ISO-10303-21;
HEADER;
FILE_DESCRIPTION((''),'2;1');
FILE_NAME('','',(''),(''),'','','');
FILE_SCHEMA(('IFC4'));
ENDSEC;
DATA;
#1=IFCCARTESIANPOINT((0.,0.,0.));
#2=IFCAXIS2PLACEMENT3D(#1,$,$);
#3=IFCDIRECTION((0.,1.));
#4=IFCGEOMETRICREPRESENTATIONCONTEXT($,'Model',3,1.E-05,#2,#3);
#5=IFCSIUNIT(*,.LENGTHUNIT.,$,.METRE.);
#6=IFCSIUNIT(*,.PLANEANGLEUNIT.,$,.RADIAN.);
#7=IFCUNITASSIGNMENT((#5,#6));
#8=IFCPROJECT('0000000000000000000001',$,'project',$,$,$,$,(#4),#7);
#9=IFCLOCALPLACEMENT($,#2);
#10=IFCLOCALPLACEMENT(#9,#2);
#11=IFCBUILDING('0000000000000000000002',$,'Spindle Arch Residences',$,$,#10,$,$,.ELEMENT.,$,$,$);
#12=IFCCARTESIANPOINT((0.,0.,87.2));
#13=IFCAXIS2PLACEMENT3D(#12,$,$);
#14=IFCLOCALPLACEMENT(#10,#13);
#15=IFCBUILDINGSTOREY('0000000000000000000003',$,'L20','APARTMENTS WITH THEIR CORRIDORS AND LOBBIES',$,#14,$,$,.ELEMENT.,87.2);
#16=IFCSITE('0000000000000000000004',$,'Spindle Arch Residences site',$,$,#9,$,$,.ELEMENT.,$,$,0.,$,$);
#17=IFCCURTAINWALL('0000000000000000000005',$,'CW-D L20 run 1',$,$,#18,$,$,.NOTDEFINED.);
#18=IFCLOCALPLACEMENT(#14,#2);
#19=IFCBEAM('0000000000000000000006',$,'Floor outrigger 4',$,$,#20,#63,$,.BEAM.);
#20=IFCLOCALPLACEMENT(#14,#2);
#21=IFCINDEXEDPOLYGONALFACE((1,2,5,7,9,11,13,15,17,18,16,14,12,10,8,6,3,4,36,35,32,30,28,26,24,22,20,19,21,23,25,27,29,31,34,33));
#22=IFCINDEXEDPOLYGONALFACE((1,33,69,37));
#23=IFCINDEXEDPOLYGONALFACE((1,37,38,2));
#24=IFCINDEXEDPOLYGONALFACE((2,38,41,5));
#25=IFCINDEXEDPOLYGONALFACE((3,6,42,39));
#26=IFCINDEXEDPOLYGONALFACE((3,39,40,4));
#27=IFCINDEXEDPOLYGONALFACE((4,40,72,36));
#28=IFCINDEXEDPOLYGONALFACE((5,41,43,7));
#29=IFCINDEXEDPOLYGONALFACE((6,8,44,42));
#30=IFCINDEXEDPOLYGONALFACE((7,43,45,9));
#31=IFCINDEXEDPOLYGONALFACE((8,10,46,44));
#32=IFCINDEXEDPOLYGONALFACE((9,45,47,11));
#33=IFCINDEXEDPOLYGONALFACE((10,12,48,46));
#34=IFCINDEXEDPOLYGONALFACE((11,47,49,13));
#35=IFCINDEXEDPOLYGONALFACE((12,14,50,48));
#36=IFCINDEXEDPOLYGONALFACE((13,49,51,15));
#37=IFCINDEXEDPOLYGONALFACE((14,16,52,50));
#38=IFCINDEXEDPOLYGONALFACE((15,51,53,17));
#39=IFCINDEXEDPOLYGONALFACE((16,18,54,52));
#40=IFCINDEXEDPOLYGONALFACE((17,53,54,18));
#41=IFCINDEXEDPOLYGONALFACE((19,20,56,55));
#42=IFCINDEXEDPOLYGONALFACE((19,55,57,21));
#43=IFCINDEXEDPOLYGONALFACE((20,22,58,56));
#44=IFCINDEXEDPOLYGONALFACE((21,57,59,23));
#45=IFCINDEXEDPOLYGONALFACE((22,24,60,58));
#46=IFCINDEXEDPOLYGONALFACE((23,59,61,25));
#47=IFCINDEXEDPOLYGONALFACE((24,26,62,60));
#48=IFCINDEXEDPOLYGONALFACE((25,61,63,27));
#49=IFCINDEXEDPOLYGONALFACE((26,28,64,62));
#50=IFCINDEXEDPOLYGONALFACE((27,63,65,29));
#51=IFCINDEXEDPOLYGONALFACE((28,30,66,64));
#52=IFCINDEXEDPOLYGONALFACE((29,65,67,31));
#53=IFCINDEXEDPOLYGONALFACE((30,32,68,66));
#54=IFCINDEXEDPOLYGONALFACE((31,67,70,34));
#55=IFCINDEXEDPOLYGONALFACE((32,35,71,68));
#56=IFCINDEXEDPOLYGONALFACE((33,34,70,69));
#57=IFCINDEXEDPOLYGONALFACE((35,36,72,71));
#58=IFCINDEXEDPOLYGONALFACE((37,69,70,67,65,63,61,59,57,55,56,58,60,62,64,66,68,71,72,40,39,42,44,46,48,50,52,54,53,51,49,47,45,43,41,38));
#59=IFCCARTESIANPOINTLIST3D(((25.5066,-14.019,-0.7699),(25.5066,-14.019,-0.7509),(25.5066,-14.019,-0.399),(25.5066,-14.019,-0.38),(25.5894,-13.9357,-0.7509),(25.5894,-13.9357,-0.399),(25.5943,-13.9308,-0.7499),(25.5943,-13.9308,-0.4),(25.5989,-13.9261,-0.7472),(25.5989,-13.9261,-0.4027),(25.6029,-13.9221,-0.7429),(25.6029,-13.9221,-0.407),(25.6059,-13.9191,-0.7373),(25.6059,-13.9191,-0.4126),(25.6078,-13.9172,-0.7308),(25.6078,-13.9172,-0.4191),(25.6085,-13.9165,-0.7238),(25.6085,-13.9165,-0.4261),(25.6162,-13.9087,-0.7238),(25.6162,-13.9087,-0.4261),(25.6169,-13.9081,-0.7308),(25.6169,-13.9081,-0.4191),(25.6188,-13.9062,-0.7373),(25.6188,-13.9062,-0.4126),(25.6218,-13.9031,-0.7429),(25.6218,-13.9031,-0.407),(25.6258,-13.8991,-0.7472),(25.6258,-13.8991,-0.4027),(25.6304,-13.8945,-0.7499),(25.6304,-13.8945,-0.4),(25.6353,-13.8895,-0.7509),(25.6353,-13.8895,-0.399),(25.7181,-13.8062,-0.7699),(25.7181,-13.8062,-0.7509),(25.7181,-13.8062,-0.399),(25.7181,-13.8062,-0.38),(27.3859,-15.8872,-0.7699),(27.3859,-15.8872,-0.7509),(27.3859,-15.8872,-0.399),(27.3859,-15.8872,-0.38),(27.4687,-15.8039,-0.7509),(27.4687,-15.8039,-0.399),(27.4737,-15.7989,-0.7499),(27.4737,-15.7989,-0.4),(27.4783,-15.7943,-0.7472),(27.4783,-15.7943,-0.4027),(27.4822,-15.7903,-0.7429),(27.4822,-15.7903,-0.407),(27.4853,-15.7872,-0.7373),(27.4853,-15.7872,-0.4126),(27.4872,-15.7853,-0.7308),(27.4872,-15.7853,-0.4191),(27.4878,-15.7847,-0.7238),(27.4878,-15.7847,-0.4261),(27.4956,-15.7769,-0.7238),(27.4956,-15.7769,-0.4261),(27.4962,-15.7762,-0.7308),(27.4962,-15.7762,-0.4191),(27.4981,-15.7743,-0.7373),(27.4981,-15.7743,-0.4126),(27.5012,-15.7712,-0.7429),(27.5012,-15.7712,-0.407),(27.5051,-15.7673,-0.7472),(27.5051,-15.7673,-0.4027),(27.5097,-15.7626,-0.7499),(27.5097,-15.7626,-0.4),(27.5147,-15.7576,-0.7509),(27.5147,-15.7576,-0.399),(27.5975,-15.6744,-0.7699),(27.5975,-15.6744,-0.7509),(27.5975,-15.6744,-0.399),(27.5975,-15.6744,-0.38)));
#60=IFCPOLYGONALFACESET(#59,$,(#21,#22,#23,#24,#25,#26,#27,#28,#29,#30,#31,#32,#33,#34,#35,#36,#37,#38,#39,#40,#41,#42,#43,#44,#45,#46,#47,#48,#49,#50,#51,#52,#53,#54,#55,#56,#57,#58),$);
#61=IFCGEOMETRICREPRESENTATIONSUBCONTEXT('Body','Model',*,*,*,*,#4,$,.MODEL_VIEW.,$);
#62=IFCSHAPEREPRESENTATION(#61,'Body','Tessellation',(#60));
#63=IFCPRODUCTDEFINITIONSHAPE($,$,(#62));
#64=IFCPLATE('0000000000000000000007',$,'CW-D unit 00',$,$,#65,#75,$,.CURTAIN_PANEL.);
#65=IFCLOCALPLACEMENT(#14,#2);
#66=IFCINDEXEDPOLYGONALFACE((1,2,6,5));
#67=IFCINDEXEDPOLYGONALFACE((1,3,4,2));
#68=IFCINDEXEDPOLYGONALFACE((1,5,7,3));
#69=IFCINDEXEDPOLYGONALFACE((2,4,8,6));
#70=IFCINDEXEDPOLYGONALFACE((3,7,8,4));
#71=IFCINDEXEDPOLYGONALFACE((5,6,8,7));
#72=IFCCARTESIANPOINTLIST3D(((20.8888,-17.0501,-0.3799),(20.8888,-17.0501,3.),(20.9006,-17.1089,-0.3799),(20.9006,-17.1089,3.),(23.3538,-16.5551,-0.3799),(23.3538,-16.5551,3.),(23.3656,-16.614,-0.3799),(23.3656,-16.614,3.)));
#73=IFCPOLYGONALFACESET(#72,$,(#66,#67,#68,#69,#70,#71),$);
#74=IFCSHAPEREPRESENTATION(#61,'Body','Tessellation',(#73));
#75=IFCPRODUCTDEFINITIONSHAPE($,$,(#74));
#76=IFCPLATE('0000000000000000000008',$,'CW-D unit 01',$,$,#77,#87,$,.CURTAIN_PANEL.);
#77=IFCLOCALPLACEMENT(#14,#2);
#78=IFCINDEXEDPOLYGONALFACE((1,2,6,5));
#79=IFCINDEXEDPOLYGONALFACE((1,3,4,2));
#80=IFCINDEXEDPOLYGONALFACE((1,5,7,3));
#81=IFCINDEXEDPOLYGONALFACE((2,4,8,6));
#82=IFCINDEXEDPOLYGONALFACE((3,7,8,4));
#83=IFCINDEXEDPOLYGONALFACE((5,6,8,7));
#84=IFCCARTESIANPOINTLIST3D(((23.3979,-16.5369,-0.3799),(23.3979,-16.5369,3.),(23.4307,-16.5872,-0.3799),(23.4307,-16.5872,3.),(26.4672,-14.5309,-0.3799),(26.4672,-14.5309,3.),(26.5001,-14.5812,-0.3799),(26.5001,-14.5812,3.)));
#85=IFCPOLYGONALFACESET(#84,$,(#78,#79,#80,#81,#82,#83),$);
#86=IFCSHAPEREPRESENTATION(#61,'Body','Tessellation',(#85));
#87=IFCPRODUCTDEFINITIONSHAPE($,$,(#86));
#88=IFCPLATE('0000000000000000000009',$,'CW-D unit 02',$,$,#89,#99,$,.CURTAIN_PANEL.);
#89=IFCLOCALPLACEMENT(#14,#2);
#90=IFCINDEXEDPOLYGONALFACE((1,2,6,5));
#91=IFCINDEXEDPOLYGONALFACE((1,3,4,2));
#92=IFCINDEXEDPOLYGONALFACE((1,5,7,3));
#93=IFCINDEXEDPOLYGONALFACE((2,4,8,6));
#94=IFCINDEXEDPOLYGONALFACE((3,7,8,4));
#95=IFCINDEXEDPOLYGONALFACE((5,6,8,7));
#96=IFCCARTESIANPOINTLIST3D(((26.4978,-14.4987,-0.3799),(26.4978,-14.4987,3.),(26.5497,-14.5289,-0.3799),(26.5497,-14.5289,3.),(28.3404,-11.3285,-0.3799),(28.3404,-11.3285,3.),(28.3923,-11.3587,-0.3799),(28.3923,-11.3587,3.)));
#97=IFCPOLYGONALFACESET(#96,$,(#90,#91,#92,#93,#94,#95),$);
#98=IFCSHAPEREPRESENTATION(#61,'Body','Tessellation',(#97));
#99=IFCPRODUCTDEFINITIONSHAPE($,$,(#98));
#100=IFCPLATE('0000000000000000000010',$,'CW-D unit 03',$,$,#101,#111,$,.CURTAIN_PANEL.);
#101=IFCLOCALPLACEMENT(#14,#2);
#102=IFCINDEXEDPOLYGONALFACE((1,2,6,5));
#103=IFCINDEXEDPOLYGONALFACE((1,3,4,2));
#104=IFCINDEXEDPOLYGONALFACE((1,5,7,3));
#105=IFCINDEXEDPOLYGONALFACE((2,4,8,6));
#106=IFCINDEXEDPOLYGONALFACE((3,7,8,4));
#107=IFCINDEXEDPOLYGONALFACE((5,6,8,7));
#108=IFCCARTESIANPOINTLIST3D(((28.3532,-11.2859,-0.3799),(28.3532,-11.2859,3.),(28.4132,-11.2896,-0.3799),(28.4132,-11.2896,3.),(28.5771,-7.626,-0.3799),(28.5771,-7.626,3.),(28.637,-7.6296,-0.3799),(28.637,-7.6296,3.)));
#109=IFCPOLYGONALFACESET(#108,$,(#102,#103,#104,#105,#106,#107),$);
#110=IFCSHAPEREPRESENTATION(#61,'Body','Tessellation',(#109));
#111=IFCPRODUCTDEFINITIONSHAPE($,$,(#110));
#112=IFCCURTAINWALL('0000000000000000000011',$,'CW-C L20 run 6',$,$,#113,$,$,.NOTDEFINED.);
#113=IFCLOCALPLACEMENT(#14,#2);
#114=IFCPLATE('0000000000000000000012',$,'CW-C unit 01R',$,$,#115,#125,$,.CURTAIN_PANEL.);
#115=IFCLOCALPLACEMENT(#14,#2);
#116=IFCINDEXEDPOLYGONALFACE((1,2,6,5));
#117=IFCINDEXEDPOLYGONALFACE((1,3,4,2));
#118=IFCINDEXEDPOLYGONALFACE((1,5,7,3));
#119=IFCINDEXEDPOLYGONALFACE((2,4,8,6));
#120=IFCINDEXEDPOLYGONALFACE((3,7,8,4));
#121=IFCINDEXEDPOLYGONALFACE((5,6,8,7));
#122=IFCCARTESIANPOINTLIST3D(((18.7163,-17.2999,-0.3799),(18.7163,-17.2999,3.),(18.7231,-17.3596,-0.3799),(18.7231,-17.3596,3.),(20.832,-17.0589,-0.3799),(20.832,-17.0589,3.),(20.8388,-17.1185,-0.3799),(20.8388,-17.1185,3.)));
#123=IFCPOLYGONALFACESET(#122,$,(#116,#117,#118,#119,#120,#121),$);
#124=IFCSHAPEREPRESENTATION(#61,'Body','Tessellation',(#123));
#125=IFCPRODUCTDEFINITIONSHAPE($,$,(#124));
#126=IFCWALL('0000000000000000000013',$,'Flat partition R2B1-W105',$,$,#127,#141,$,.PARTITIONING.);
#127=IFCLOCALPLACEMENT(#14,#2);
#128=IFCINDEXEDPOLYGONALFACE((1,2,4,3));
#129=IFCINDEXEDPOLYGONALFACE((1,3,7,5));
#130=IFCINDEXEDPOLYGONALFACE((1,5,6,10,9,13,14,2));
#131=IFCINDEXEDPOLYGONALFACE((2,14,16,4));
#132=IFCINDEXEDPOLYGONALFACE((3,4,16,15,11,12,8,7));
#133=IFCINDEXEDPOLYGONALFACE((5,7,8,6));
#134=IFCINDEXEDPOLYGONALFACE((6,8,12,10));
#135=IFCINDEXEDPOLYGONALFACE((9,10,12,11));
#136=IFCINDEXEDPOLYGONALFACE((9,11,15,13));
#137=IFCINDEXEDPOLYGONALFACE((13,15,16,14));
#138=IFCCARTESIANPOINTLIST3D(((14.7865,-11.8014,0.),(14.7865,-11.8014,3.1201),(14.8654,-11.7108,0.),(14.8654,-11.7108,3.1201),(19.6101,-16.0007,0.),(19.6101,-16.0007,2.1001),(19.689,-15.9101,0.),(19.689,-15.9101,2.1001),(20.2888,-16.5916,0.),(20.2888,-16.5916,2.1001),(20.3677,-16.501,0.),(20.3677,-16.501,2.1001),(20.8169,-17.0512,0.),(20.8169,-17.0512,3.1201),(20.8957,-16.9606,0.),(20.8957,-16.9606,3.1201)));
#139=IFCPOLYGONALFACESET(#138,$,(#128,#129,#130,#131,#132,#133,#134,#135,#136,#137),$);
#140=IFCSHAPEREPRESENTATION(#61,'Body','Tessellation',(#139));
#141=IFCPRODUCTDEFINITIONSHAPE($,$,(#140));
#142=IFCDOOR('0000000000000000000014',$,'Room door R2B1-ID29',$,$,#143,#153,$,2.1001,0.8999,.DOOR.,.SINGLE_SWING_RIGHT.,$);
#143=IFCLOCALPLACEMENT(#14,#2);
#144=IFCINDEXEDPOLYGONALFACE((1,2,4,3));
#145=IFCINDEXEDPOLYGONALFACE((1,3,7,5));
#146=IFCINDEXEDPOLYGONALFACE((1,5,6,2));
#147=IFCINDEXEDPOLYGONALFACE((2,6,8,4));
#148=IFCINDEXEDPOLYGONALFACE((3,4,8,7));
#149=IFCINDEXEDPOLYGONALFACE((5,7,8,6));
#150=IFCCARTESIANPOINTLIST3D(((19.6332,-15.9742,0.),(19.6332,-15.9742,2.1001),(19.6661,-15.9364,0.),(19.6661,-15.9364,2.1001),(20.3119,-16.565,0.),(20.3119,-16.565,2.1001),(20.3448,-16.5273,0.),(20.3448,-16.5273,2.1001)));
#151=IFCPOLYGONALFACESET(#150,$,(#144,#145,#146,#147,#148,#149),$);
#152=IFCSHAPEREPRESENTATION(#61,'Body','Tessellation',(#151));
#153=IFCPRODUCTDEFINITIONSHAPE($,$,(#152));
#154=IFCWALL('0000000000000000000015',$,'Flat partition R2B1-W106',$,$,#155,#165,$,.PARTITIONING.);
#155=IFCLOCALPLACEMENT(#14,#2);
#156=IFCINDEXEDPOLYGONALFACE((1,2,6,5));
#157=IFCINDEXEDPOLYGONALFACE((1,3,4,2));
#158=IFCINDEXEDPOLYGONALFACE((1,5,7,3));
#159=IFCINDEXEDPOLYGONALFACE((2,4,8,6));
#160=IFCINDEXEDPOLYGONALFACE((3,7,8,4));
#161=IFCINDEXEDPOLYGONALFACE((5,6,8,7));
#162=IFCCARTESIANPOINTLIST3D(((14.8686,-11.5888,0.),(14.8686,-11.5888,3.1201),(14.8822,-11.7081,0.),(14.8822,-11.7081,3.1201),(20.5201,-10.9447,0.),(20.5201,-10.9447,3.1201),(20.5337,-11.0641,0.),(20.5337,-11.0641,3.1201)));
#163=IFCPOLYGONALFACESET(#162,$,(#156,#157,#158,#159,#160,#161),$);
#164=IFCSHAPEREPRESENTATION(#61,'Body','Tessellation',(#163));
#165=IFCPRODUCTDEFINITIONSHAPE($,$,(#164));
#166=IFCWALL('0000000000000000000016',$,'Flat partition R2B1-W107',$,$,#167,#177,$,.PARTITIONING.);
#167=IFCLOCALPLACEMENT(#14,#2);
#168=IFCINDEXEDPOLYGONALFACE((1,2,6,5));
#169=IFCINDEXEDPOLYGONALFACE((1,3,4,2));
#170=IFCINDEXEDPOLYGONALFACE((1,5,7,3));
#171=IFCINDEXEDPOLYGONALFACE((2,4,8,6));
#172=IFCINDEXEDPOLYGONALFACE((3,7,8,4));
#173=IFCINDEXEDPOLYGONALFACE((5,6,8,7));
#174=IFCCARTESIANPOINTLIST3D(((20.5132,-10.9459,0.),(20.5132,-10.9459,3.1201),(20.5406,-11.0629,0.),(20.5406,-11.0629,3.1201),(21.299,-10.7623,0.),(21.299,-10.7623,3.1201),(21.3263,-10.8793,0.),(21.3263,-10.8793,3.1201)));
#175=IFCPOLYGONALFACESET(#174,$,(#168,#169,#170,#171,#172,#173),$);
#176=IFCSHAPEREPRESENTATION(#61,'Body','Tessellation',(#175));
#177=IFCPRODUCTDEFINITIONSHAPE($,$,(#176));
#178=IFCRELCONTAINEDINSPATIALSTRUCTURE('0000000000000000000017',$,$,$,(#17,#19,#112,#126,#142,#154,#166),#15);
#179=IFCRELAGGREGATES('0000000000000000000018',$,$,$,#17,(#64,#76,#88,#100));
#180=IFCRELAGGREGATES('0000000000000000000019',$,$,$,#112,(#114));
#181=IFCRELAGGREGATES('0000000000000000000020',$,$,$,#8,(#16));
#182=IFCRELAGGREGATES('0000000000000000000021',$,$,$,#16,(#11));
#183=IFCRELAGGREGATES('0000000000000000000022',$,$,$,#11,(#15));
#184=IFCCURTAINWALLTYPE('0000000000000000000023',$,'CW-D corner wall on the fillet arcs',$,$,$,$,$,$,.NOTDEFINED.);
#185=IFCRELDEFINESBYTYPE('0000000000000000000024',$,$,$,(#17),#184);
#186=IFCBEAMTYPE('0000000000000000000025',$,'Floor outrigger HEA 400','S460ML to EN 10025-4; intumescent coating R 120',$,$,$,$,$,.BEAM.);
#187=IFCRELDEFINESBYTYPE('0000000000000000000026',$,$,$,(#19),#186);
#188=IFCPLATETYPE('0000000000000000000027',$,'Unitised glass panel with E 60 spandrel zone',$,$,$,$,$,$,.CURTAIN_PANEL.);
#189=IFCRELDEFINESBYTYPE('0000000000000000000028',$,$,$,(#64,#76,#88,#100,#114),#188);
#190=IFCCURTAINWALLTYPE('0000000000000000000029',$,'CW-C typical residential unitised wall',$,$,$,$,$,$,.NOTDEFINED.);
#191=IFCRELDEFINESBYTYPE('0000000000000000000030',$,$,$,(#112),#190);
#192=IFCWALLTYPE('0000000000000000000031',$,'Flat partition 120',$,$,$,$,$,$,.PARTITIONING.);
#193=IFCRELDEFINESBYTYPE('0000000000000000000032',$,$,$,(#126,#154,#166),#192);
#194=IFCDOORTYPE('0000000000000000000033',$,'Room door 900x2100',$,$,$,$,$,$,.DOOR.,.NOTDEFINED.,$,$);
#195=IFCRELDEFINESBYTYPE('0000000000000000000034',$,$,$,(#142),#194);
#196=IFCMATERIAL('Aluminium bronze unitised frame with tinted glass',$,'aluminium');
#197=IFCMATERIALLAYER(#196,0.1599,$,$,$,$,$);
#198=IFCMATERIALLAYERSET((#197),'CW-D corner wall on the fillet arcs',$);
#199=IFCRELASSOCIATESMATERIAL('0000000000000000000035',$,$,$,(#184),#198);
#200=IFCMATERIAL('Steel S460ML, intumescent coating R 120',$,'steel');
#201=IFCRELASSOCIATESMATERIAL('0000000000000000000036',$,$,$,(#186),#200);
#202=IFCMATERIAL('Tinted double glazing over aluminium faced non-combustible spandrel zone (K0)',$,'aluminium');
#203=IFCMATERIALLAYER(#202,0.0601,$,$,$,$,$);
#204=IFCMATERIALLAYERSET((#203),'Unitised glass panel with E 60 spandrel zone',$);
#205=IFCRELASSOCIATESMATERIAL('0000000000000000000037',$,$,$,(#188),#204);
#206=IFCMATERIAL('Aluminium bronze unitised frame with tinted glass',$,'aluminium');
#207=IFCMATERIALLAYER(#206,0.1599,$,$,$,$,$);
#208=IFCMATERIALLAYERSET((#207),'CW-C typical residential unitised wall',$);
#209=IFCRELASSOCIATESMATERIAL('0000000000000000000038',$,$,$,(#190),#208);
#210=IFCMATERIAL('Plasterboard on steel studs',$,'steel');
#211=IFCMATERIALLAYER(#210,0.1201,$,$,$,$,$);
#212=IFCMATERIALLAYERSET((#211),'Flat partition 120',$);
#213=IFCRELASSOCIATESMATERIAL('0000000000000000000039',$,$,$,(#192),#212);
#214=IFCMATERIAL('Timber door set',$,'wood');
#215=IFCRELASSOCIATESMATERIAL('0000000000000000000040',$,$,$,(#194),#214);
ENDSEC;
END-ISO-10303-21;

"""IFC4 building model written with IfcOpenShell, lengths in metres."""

from ifc_helpers import new_model, si_unit, direction, frame, frame_2d, origin, origin_2d, place, context, subcontext, project, spatial, rectangle, i_section, extrude, material, layer, layer_set, material_profile, profile_set, type_object, element, fill, aggregate, save


model = new_model("IFC4")

# Units and contexts
model_context = context("Model", 3, precision=1e-05, world=origin(), true_north=direction((0.0, 1.0)))
body_context = subcontext(model_context, "Body", "Model", "MODEL_VIEW")
ifc_project = project(units=[si_unit("LENGTHUNIT", "METRE"), si_unit("PLANEANGLEUNIT", "RADIAN")], contexts=[model_context])

# Site, building, storey
site_placement = place(None, origin())
site = spatial("IfcSite", under=ifc_project, at=site_placement, Name="Spindle Arch Residences site", CompositionType="ELEMENT", RefElevation=0.0)
building_placement = place(site_placement, origin())
building = spatial("IfcBuilding", under=site, at=building_placement, Name="Spindle Arch Residences", CompositionType="ELEMENT")
storey_placement = place(building_placement, frame((0.0, 0.0, 87.2)))
storey = spatial("IfcBuildingStorey", under=building, at=storey_placement, Name="L20", Description="APARTMENTS WITH THEIR CORRIDORS AND LOBBIES", CompositionType="ELEMENT", Elevation=87.2)

# Curtain wall
ifc_material_1 = material(Name="Aluminium bronze unitised frame with tinted glass", Category="aluminium")
ifc_layer_1 = layer(ifc_material_1, 0.1599)
ifc_layer_set_1 = layer_set([ifc_layer_1], Name="CW-D corner wall on the fillet arcs")
curtain_wall_type_1 = type_object("IfcCurtainWallType", Name="CW-D corner wall on the fillet arcs", PredefinedType="NOTDEFINED", material=ifc_layer_set_1)
curtain_wall_1_placement = place(storey_placement, origin())
curtain_wall_1 = element("IfcCurtainWall", 1, at=curtain_wall_1_placement, inside=storey, type_object=curtain_wall_type_1, Name="CW-D L20 run 1", PredefinedType="NOTDEFINED")

# Beam
ifc_material_2 = material(Name="Steel S460ML, intumescent coating R 120", Category="steel")
ifc_material_profile_1 = material_profile(ifc_material_2, i_section(OverallWidth=0.3, OverallDepth=0.3899, WebThickness=0.011, FlangeThickness=0.019, FilletRadius=0.0271, at=origin_2d()), Name="HEA 400")
ifc_profile_set_1 = profile_set([ifc_material_profile_1], Name="Steel S460ML, intumescent coating R 120")
beam_type_1 = type_object("IfcBeamType", Name="Floor outrigger HEA 400", Description="S460ML to EN 10025-4; intumescent coating R 120", PredefinedType="BEAM", material=ifc_profile_set_1)
beam_1_placement = place(storey_placement, frame((27.4917, -15.7808, -0.575), z_axis=(-0.709223, 0.704985, 0.0), x_axis=(-0.704985, -0.709223, 0.0)))
element("IfcBeam", 2, at=beam_1_placement, inside=storey, type_object=beam_type_1, Name="Floor outrigger 4", PredefinedType="BEAM", context=body_context, shape_type="SweptSolid", body=[
    extrude(i_section(OverallWidth=0.3, OverallDepth=0.3899, WebThickness=0.011, FlangeThickness=0.019, FilletRadius=0.0271, at=origin_2d()), origin(), (0.0, 0.0, 1.0), 2.6499),
])

# Plates
ifc_material_3 = material(Name="Tinted double glazing over aluminium faced non-combustible spandrel zone (K0)", Category="aluminium")
ifc_layer_2 = layer(ifc_material_3, 0.0601)
ifc_layer_set_2 = layer_set([ifc_layer_2], Name="Unitised glass panel with E 60 spandrel zone")
plate_type = type_object("IfcPlateType", Name="Unitised glass panel with E 60 spandrel zone", PredefinedType="CURTAIN_PANEL", material=ifc_layer_set_2)
plate_1_placement = place(storey_placement, frame((22.1272, -16.832, -0.3799), z_axis=(0.0, 0.0, 1.0), x_axis=(0.980431, 0.196863, 0.0)))
plate_1 = element("IfcPlate", 3, at=plate_1_placement, type_object=plate_type, Name="CW-D unit 00", PredefinedType="CURTAIN_PANEL", context=body_context, shape_type="SweptSolid", body=[
    extrude(rectangle(XDim=2.5142, YDim=0.0601, at=origin_2d()), origin(), (0.0, 0.0, 1.0), 3.3799),
])
plate_2_placement = place(storey_placement, frame((24.949, -15.5591, -0.3799), z_axis=(0.0, 0.0, 1.0), x_axis=(0.837083, 0.547076, 0.0)))
plate_2 = element("IfcPlate", 4, at=plate_2_placement, type_object=plate_type, Name="CW-D unit 01", PredefinedType="CURTAIN_PANEL", context=body_context, shape_type="SweptSolid", body=[
    extrude(rectangle(XDim=3.6667, YDim=0.0601, at=origin_2d()), origin(), (0.0, 0.0, 1.0), 3.3799),
])
plate_3_placement = place(storey_placement, frame((27.4451, -12.9287, -0.3799), z_axis=(0.0, 0.0, 1.0), x_axis=(0.502517, 0.864567, 0.0)))
plate_3 = element("IfcPlate", 5, at=plate_3_placement, type_object=plate_type, Name="CW-D unit 02", PredefinedType="CURTAIN_PANEL", context=body_context, shape_type="SweptSolid", body=[
    extrude(rectangle(XDim=3.6667, YDim=0.0601, at=origin_2d()), origin(), (0.0, 0.0, 1.0), 3.3799),
])
plate_4_placement = place(storey_placement, frame((28.4951, -9.4578, -0.3799), z_axis=(0.0, 0.0, 1.0), x_axis=(0.061049, 0.998135, 0.0)))
plate_4 = element("IfcPlate", 6, at=plate_4_placement, type_object=plate_type, Name="CW-D unit 03", PredefinedType="CURTAIN_PANEL", context=body_context, shape_type="SweptSolid", body=[
    extrude(rectangle(XDim=3.6667, YDim=0.0601, at=origin_2d()), origin(), (0.0, 0.0, 1.0), 3.3799),
])
aggregate(curtain_wall_1, [plate_1, plate_2, plate_3, plate_4])

# Curtain wall, plate
ifc_material_4 = material(Name="Aluminium bronze unitised frame with tinted glass", Category="aluminium")
ifc_layer_3 = layer(ifc_material_4, 0.1599)
ifc_layer_set_3 = layer_set([ifc_layer_3], Name="CW-C typical residential unitised wall")
curtain_wall_type_2 = type_object("IfcCurtainWallType", Name="CW-C typical residential unitised wall", PredefinedType="NOTDEFINED", material=ifc_layer_set_3)
curtain_wall_2_placement = place(storey_placement, origin())
curtain_wall_2 = element("IfcCurtainWall", 7, at=curtain_wall_2_placement, inside=storey, type_object=curtain_wall_type_2, Name="CW-C L20 run 6", PredefinedType="NOTDEFINED")
plate_5_placement = place(storey_placement, frame((19.7776, -17.2092, -0.3799), z_axis=(0.0, 0.0, 1.0), x_axis=(0.993572, 0.113203, 0.0)))
plate_5 = element("IfcPlate", 8, at=plate_5_placement, type_object=plate_type, Name="CW-C unit 01R", PredefinedType="CURTAIN_PANEL", context=body_context, shape_type="SweptSolid", body=[
    extrude(rectangle(XDim=2.1294, YDim=0.0601, at=origin_2d()), origin(), (0.0, 0.0, 1.0), 3.3799),
])
aggregate(curtain_wall_2, [plate_5])

# Wall, opening, door
ifc_material_5 = material(Name="Plasterboard on steel studs", Category="steel")
ifc_layer_4 = layer(ifc_material_5, 0.1201)
ifc_layer_set_4 = layer_set([ifc_layer_4], Name="Flat partition 120")
wall_type_1 = type_object("IfcWallType", Name="Flat partition 120", PredefinedType="PARTITIONING", material=ifc_layer_set_4)
wall_1_placement = place(storey_placement, frame((20.8562, -17.0059, 0.0), z_axis=(0.0, 0.0, 1.0), x_axis=(-0.754231, 0.656609, 0.0)))
wall_1 = element("IfcWall", 9, at=wall_1_placement, inside=storey, type_object=wall_type_1, Name="Flat partition R2B1-W105", PredefinedType="PARTITIONING", context=body_context, shape_type="SweptSolid", body=[
    extrude(rectangle(XDim=7.9954, YDim=0.1201, at=frame_2d((3.9976, 0.0))), origin(), (0.0, 0.0, 1.0), 3.1201),
])
opening_1_placement = place(wall_1_placement, frame((0.7, 0.0, 0.0)))
opening_1 = element("IfcOpeningElement", 10, at=opening_1_placement, cuts=wall_1, PredefinedType="OPENING", context=body_context, shape_type="SweptSolid", body=[
    extrude(rectangle(XDim=0.8999, YDim=2.1001, at=frame_2d((0.45, 1.05))), frame((0.0, 0.0701, 0.0), z_axis=(0.0, -1.0, 0.0), x_axis=(1.0, 0.0, 0.0)), (0.0, 0.0, 1.0), 0.1401),
])
ifc_material_6 = material(Name="Timber door set", Category="wood")
door_type = type_object("IfcDoorType", Name="Room door 900x2100", OperationType="NOTDEFINED", PredefinedType="DOOR", material=ifc_material_6)
door_1_placement = place(opening_1_placement, origin())
door_1 = element("IfcDoor", 11, at=door_1_placement, inside=storey, type_object=door_type, Name="Room door R2B1-ID29", OperationType="SINGLE_SWING_RIGHT", OverallHeight=2.1001, OverallWidth=0.8999, PredefinedType="DOOR", context=body_context, shape_type="SweptSolid", body=[
    extrude(rectangle(XDim=0.8999, YDim=2.1001, at=frame_2d((0.45, 1.05))), frame((0.0, 0.0249, 0.0), z_axis=(0.0, -1.0, 0.0), x_axis=(1.0, 0.0, 0.0)), (0.0, 0.0, 1.0), 0.05),
])
fill(opening_1, door_1)

# Walls
wall_2_placement = place(storey_placement, frame((20.5269, -11.0044, 0.0), z_axis=(0.0, 0.0, 1.0), x_axis=(-0.993569, -0.113229, 0.0)))
element("IfcWall", 12, at=wall_2_placement, inside=storey, type_object=wall_type_1, Name="Flat partition R2B1-W106", PredefinedType="PARTITIONING", context=body_context, shape_type="SweptSolid", body=[
    extrude(rectangle(XDim=5.688, YDim=0.1201, at=frame_2d((2.844, 0.0))), origin(), (0.0, 0.0, 1.0), 3.1201),
])
wall_3_placement = place(storey_placement, frame((21.3125, -10.8208, 0.0), z_axis=(0.0, 0.0, 1.0), x_axis=(-0.973765, -0.227555, 0.0)))
element("IfcWall", 13, at=wall_3_placement, inside=storey, type_object=wall_type_1, Name="Flat partition R2B1-W107", PredefinedType="PARTITIONING", context=body_context, shape_type="SweptSolid", body=[
    extrude(rectangle(XDim=0.8069, YDim=0.1201, at=frame_2d((0.4033, 0.0))), origin(), (0.0, 0.0, 1.0), 3.1201),
])

save(model, "model.ifc")
